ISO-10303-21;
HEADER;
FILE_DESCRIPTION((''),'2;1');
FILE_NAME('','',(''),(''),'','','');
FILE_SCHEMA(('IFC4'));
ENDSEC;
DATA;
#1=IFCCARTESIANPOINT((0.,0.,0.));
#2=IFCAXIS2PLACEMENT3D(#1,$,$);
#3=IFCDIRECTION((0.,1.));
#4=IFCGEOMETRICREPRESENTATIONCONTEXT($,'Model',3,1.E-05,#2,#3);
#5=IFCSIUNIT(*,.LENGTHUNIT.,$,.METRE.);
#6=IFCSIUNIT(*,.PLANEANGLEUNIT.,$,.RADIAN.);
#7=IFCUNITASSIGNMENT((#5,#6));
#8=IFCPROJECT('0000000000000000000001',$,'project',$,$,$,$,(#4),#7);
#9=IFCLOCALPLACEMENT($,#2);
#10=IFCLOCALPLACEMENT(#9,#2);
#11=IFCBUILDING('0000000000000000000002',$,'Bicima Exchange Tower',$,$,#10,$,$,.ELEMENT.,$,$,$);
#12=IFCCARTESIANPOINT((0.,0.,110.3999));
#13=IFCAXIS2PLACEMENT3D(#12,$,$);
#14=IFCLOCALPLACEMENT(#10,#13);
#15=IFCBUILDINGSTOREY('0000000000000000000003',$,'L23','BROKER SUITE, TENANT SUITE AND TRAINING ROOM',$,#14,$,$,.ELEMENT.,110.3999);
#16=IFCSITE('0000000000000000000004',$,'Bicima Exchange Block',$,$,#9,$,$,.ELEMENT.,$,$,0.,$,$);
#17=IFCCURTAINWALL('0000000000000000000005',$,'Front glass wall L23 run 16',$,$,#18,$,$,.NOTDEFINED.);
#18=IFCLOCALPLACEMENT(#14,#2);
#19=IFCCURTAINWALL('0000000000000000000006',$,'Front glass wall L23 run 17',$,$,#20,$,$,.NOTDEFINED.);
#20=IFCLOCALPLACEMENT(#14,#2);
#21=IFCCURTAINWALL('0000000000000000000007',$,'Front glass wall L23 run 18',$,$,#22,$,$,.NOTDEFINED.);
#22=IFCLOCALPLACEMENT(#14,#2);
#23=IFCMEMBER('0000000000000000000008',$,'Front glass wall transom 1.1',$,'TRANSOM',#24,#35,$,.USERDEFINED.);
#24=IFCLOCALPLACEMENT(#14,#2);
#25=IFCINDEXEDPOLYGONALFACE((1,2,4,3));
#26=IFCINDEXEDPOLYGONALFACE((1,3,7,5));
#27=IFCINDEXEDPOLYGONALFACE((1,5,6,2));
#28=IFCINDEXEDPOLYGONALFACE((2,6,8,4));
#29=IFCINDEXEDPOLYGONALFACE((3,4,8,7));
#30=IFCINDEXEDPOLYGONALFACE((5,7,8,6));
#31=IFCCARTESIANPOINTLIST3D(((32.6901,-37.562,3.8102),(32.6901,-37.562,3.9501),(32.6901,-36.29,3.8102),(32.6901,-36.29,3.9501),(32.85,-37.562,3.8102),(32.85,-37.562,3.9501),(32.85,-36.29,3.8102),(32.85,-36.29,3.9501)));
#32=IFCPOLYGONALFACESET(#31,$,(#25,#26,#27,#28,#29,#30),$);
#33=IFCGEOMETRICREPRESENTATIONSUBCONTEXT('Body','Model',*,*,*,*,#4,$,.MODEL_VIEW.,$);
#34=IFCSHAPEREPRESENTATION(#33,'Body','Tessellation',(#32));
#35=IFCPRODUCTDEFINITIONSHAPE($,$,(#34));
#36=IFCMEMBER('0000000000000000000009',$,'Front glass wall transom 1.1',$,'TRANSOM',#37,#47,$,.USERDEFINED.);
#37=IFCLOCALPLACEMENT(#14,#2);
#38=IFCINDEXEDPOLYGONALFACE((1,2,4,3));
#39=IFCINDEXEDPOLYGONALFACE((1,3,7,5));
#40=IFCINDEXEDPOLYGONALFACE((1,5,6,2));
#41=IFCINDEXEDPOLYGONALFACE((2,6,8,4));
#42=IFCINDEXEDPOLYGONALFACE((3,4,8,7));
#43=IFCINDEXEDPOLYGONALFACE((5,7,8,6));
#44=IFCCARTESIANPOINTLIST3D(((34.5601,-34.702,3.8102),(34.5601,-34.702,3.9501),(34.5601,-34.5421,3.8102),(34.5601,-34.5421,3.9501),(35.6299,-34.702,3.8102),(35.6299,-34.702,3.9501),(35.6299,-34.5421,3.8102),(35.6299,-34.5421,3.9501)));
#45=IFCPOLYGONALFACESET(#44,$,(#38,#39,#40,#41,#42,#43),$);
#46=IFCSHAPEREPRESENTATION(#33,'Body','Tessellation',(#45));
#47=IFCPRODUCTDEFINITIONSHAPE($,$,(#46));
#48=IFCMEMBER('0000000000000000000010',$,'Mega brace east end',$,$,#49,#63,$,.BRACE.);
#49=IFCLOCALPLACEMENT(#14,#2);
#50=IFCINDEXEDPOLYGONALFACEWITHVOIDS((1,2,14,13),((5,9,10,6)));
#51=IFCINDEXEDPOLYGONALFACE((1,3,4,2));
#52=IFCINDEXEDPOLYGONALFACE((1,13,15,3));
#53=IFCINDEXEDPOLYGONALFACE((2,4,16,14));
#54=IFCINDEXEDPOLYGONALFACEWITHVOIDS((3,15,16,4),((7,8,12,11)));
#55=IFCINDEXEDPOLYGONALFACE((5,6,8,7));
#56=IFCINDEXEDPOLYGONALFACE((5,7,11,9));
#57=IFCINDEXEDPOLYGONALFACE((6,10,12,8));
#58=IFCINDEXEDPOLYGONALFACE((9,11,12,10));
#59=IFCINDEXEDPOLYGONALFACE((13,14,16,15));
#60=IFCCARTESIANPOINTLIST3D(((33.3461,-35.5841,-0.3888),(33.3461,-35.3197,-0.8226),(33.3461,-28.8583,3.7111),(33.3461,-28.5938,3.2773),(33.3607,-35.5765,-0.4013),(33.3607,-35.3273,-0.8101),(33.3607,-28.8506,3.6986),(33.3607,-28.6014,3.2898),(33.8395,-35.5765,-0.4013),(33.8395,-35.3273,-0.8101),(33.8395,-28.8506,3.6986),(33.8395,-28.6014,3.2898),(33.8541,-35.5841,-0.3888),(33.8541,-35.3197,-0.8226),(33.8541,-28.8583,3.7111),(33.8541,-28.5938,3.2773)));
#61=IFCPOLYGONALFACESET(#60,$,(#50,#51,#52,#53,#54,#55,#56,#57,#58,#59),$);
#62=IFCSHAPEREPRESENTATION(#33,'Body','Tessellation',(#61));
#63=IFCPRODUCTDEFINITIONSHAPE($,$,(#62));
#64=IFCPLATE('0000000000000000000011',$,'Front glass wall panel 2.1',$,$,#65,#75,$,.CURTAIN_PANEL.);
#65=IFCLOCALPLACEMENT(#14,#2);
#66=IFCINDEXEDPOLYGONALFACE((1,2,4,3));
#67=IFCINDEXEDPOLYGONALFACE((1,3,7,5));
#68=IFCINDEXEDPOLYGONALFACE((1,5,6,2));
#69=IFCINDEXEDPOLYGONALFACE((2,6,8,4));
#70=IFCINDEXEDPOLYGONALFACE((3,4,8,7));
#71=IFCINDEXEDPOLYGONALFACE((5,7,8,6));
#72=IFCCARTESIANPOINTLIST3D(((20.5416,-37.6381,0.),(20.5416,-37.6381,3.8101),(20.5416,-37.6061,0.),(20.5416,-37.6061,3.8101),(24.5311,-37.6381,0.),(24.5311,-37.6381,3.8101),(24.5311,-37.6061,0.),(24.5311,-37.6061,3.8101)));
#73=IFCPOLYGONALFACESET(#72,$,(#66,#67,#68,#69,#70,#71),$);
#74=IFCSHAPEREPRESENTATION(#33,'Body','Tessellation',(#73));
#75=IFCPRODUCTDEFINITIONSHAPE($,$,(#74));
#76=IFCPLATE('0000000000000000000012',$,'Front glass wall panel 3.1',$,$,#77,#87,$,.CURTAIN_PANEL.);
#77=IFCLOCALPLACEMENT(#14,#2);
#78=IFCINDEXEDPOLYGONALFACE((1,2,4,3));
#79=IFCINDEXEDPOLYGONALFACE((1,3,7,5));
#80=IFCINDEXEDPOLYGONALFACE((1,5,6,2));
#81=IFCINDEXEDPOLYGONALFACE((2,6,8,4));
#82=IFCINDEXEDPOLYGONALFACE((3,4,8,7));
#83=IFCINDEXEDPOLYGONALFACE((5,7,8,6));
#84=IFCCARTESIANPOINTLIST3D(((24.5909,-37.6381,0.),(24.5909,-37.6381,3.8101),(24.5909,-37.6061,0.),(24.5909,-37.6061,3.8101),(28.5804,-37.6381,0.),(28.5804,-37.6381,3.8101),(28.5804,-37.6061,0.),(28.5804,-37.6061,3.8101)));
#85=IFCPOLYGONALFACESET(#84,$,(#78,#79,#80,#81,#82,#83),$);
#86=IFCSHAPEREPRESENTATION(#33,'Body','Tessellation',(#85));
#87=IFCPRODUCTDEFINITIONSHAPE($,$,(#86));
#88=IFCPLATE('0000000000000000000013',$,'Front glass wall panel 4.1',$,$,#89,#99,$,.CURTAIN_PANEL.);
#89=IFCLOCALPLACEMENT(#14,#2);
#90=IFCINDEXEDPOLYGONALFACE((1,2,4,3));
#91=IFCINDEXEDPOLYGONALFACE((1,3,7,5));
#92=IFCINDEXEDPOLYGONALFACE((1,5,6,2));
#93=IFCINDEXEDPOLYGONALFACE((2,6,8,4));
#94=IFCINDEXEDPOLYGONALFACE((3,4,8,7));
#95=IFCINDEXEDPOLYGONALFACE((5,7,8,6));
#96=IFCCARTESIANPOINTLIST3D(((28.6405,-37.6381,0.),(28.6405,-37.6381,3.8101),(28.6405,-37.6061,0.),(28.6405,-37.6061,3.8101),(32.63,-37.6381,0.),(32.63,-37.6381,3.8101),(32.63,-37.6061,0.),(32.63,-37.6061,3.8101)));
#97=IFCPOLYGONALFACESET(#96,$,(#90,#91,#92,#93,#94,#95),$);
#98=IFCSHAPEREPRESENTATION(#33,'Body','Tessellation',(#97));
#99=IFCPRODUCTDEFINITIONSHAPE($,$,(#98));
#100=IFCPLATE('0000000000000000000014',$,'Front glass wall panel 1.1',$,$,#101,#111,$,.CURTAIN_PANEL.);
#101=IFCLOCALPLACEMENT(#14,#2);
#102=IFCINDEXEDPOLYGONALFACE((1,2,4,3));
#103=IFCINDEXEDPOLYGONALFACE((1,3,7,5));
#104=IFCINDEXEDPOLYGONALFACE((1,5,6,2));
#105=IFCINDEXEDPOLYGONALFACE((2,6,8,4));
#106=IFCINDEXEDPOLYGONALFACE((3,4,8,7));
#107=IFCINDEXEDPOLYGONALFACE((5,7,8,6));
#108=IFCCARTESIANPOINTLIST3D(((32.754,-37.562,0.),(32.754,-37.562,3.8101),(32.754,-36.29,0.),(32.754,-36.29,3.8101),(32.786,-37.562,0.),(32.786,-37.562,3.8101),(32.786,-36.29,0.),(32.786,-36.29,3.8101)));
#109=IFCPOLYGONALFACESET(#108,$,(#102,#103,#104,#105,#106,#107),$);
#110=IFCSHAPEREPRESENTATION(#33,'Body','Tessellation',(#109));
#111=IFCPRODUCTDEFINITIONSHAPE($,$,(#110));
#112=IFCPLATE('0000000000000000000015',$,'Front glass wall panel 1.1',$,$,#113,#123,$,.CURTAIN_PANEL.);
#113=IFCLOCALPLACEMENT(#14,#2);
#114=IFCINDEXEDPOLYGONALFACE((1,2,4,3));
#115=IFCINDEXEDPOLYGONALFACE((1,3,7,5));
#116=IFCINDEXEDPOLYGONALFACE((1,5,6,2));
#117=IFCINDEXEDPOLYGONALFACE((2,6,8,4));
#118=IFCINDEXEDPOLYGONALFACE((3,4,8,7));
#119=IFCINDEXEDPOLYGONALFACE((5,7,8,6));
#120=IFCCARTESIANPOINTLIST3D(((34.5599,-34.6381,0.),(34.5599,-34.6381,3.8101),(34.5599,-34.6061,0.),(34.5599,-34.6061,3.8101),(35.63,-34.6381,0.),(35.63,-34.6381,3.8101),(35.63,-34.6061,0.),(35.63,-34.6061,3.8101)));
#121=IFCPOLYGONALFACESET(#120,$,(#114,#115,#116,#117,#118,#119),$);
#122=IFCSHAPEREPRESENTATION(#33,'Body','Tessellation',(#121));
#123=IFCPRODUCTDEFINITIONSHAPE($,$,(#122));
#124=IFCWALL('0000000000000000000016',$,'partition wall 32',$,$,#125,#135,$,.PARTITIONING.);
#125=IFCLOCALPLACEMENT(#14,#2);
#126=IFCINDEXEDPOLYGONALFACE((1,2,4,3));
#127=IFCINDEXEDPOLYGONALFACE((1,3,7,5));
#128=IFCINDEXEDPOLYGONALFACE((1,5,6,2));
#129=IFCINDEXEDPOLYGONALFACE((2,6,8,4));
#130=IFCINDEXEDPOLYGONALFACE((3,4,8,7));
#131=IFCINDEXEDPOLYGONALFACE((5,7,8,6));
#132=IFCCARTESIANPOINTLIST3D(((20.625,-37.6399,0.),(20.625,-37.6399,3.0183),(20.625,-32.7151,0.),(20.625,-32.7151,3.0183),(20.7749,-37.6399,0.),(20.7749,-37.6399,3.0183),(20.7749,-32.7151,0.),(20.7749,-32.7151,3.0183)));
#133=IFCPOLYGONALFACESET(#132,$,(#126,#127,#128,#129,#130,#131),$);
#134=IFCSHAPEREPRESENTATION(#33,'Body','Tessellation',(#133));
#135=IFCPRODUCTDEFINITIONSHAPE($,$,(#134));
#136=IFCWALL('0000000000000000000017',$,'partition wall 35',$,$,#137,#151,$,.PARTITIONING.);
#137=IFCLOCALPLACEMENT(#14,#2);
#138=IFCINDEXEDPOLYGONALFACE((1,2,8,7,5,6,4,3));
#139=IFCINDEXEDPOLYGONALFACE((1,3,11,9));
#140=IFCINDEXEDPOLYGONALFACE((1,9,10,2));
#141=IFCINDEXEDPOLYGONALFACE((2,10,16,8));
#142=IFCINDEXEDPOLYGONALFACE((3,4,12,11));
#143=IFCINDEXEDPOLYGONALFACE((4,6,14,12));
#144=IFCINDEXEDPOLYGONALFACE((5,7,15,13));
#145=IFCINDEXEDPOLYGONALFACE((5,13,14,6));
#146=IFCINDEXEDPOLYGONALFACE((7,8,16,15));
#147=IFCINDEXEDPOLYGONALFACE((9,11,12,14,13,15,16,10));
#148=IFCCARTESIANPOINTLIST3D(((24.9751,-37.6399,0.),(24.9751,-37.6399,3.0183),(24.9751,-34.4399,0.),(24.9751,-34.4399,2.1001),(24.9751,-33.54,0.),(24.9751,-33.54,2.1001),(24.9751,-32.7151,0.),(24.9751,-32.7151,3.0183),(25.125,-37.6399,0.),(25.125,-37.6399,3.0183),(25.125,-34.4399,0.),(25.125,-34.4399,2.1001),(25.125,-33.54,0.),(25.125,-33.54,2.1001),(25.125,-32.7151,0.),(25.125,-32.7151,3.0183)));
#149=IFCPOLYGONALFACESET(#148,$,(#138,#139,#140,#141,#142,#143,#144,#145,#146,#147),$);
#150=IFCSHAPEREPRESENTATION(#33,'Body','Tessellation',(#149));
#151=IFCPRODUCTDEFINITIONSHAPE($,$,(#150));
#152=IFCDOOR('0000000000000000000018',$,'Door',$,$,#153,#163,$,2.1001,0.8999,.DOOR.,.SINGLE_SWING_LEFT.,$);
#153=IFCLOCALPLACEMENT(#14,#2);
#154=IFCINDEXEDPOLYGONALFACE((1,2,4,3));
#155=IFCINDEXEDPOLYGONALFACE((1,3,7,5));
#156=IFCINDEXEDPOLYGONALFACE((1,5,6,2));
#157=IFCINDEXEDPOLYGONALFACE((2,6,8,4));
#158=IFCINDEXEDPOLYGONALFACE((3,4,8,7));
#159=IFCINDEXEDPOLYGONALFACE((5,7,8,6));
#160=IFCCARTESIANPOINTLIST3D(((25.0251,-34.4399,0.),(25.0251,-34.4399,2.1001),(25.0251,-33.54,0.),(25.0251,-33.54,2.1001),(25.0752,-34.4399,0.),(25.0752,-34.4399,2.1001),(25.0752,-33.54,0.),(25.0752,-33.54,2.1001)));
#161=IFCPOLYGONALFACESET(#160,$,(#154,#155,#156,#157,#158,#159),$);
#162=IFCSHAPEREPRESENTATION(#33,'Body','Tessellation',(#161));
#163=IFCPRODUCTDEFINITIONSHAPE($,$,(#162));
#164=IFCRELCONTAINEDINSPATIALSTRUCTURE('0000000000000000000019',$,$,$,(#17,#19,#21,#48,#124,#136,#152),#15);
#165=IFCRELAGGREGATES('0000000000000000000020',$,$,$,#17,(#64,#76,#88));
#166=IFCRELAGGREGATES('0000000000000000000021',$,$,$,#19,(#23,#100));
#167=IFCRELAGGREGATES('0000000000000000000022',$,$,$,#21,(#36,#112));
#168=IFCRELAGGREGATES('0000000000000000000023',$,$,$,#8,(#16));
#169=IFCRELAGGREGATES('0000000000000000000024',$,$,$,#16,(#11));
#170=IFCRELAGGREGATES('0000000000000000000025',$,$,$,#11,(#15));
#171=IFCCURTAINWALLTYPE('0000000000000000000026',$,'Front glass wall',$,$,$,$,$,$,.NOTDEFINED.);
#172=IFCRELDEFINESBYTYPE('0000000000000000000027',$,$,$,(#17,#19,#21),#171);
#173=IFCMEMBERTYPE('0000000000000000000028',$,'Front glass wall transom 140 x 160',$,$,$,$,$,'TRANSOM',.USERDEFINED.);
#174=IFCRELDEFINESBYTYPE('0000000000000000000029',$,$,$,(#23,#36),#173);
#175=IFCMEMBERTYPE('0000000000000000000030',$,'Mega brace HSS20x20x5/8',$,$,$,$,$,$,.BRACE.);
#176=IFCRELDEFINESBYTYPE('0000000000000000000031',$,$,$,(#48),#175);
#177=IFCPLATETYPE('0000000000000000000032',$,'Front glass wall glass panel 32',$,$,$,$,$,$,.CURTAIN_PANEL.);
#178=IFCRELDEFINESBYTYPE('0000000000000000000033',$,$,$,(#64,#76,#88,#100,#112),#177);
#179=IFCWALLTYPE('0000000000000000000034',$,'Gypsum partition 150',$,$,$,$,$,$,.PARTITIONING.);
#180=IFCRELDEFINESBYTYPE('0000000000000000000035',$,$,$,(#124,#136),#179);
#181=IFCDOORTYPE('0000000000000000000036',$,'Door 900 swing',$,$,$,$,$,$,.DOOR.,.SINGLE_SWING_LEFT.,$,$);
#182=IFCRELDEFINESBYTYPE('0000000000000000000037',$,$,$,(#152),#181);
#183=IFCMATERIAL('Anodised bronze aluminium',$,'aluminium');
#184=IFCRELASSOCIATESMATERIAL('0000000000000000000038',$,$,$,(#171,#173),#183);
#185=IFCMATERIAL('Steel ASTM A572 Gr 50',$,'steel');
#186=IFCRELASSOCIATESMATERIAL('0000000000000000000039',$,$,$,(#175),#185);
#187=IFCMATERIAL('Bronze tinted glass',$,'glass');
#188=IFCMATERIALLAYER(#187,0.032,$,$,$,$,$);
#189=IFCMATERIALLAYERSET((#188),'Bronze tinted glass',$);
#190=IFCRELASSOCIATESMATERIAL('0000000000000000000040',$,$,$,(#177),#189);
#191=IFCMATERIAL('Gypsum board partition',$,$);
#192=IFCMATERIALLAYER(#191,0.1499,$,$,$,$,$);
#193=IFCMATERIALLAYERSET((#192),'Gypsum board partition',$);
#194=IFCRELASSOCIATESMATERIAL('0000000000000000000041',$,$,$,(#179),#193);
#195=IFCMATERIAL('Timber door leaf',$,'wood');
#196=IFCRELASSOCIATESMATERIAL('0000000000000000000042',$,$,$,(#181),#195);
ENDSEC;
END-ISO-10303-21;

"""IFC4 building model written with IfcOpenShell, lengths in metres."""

from ifc_helpers import new_model, si_unit, direction, frame, frame_2d, origin, origin_2d, place, context, subcontext, project, spatial, rectangle, hollow_rectangle, extrude, material, layer, layer_set, material_profile, profile_set, type_object, element, fill, aggregate, save


model = new_model("IFC4")

# Units and contexts
model_context = context("Model", 3, precision=1e-05, world=origin(), true_north=direction((0.0, 1.0)))
body_context = subcontext(model_context, "Body", "Model", "MODEL_VIEW")
ifc_project = project(units=[si_unit("LENGTHUNIT", "METRE"), si_unit("PLANEANGLEUNIT", "RADIAN")], contexts=[model_context])

# Site, building, storey
site_placement = place(None, origin())
site = spatial("IfcSite", under=ifc_project, at=site_placement, Name="Bicima Exchange Block", CompositionType="ELEMENT", RefElevation=0.0)
building_placement = place(site_placement, origin())
building = spatial("IfcBuilding", under=site, at=building_placement, Name="Bicima Exchange Tower", CompositionType="ELEMENT")
storey_placement = place(building_placement, frame((0.0, 0.0, 110.3999)))
storey = spatial("IfcBuildingStorey", under=building, at=storey_placement, Name="L23", Description="BROKER SUITE, TENANT SUITE AND TRAINING ROOM", CompositionType="ELEMENT", Elevation=110.3999)

# Shared definitions
ifc_material_1 = material(Name="Steel ASTM A572 Gr 50", Category="steel")

# Curtain walls
ifc_material_2 = material(Name="Anodised bronze aluminium", Category="aluminium")
curtain_wall_type = type_object("IfcCurtainWallType", Name="Front glass wall", PredefinedType="NOTDEFINED", material=ifc_material_2)
curtain_wall_1_placement = place(storey_placement, origin())
curtain_wall_1 = element("IfcCurtainWall", 1, at=curtain_wall_1_placement, inside=storey, type_object=curtain_wall_type, Name="Front glass wall L23 run 16", PredefinedType="NOTDEFINED")
curtain_wall_2_placement = place(storey_placement, origin())
curtain_wall_2 = element("IfcCurtainWall", 2, at=curtain_wall_2_placement, inside=storey, type_object=curtain_wall_type, Name="Front glass wall L23 run 17", PredefinedType="NOTDEFINED")
curtain_wall_3_placement = place(storey_placement, origin())
curtain_wall_3 = element("IfcCurtainWall", 3, at=curtain_wall_3_placement, inside=storey, type_object=curtain_wall_type, Name="Front glass wall L23 run 18", PredefinedType="NOTDEFINED")

# Members
ifc_material_profile_1 = material_profile(ifc_material_2, rectangle(XDim=0.1599, YDim=0.1399, at=origin_2d()))
ifc_profile_set_1 = profile_set([ifc_material_profile_1], Name="Anodised bronze aluminium")
member_type_1 = type_object("IfcMemberType", Name="Front glass wall transom 140 x 160", ElementType="TRANSOM", PredefinedType="USERDEFINED", material=ifc_profile_set_1)
member_1_placement = place(storey_placement, frame((32.77, -37.562, 3.8801), z_axis=(0.0, 1.0, 0.0), x_axis=(-1.0, 0.0, 0.0)))
member_1 = element("IfcMember", 4, at=member_1_placement, type_object=member_type_1, Name="Front glass wall transom 1.1", ObjectType="TRANSOM", PredefinedType="USERDEFINED", context=body_context, shape_type="SweptSolid", body=[
    extrude(rectangle(XDim=0.1599, YDim=0.1399, at=origin_2d()), origin(), (0.0, 0.0, 1.0), 1.272),
])
member_2_placement = place(storey_placement, frame((34.5601, -34.6221, 3.8801), z_axis=(1.0, 0.0, 0.0), x_axis=(0.0, 1.0, 0.0)))
member_2 = element("IfcMember", 5, at=member_2_placement, type_object=member_type_1, Name="Front glass wall transom 1.1", ObjectType="TRANSOM", PredefinedType="USERDEFINED", context=body_context, shape_type="SweptSolid", body=[
    extrude(rectangle(XDim=0.1599, YDim=0.1399, at=origin_2d()), origin(), (0.0, 0.0, 1.0), 1.0698),
])
ifc_material_profile_2 = material_profile(ifc_material_1, hollow_rectangle(XDim=0.5081, YDim=0.5081, WallThickness=0.0146, at=origin_2d()))
ifc_profile_set_2 = profile_set([ifc_material_profile_2], Name="Steel ASTM A572 Gr 50")
member_type_2 = type_object("IfcMemberType", Name="Mega brace HSS20x20x5/8", PredefinedType="BRACE", material=ifc_profile_set_2)
member_3_placement = place(storey_placement, frame((33.6001, -35.4519, -0.6057), z_axis=(0.0, 0.853867, 0.520491), x_axis=(-1.0, 0.0, 0.0)))
element("IfcMember", 6, at=member_3_placement, inside=storey, type_object=member_type_2, Name="Mega brace east end", PredefinedType="BRACE", context=body_context, shape_type="SweptSolid", body=[
    extrude(hollow_rectangle(XDim=0.5081, YDim=0.5081, WallThickness=0.0146, at=origin_2d()), origin(), (0.0, 0.0, 1.0), 7.877),
])

# Plates
ifc_material_3 = material(Name="Bronze tinted glass", Category="glass")
ifc_layer_1 = layer(ifc_material_3, 0.032)
ifc_layer_set_1 = layer_set([ifc_layer_1], Name="Bronze tinted glass")
plate_type = type_object("IfcPlateType", Name="Front glass wall glass panel 32", PredefinedType="CURTAIN_PANEL", material=ifc_layer_set_1)
plate_1_placement = place(storey_placement, frame((22.5364, -37.6221, 0.0), z_axis=(0.0, 0.0, 1.0), x_axis=(1.0, 0.0, 0.0)))
plate_1 = element("IfcPlate", 7, at=plate_1_placement, type_object=plate_type, Name="Front glass wall panel 2.1", PredefinedType="CURTAIN_PANEL", context=body_context, shape_type="SweptSolid", body=[
    extrude(rectangle(XDim=3.9895, YDim=0.032, at=origin_2d()), origin(), (0.0, 0.0, 1.0), 3.8101),
])
plate_2_placement = place(storey_placement, frame((26.5857, -37.6221, 0.0), z_axis=(0.0, 0.0, 1.0), x_axis=(1.0, 0.0, 0.0)))
plate_2 = element("IfcPlate", 8, at=plate_2_placement, type_object=plate_type, Name="Front glass wall panel 3.1", PredefinedType="CURTAIN_PANEL", context=body_context, shape_type="SweptSolid", body=[
    extrude(rectangle(XDim=3.9895, YDim=0.032, at=origin_2d()), origin(), (0.0, 0.0, 1.0), 3.8101),
])
plate_3_placement = place(storey_placement, frame((30.6353, -37.6221, 0.0), z_axis=(0.0, 0.0, 1.0), x_axis=(1.0, 0.0, 0.0)))
plate_3 = element("IfcPlate", 9, at=plate_3_placement, type_object=plate_type, Name="Front glass wall panel 4.1", PredefinedType="CURTAIN_PANEL", context=body_context, shape_type="SweptSolid", body=[
    extrude(rectangle(XDim=3.9895, YDim=0.032, at=origin_2d()), origin(), (0.0, 0.0, 1.0), 3.8101),
])
aggregate(curtain_wall_1, [plate_1, plate_2, plate_3])
plate_4_placement = place(storey_placement, frame((32.77, -36.926, 0.0), z_axis=(0.0, 0.0, 1.0), x_axis=(0.0, 1.0, 0.0)))
plate_4 = element("IfcPlate", 10, at=plate_4_placement, type_object=plate_type, Name="Front glass wall panel 1.1", PredefinedType="CURTAIN_PANEL", context=body_context, shape_type="SweptSolid", body=[
    extrude(rectangle(XDim=1.272, YDim=0.032, at=origin_2d()), origin(), (0.0, 0.0, 1.0), 3.8101),
])
aggregate(curtain_wall_2, [member_1, plate_4])
plate_5_placement = place(storey_placement, frame((35.095, -34.6221, 0.0), z_axis=(0.0, 0.0, 1.0), x_axis=(1.0, 0.0, 0.0)))
plate_5 = element("IfcPlate", 11, at=plate_5_placement, type_object=plate_type, Name="Front glass wall panel 1.1", PredefinedType="CURTAIN_PANEL", context=body_context, shape_type="SweptSolid", body=[
    extrude(rectangle(XDim=1.0701, YDim=0.032, at=origin_2d()), origin(), (0.0, 0.0, 1.0), 3.8101),
])
aggregate(curtain_wall_3, [member_2, plate_5])

# Wall
ifc_material_4 = material(Name="Gypsum board partition")
ifc_layer_2 = layer(ifc_material_4, 0.1499)
ifc_layer_set_2 = layer_set([ifc_layer_2], Name="Gypsum board partition")
wall_type = type_object("IfcWallType", Name="Gypsum partition 150", PredefinedType="PARTITIONING", material=ifc_layer_set_2)
wall_1_placement = place(storey_placement, frame((20.7, -37.6399, 0.0), z_axis=(0.0, 0.0, 1.0), x_axis=(0.0, 1.0, 0.0)))
element("IfcWall", 12, at=wall_1_placement, inside=storey, type_object=wall_type, Name="partition wall 32", PredefinedType="PARTITIONING", context=body_context, shape_type="SweptSolid", body=[
    extrude(rectangle(XDim=4.9248, YDim=0.1499, at=frame_2d((2.4624, 0.0))), origin(), (0.0, 0.0, 1.0), 3.0183),
])

# Wall, opening, door
wall_2_placement = place(storey_placement, frame((25.05, -37.6399, 0.0), z_axis=(0.0, 0.0, 1.0), x_axis=(0.0, 1.0, 0.0)))
wall_2 = element("IfcWall", 13, at=wall_2_placement, inside=storey, type_object=wall_type, Name="partition wall 35", PredefinedType="PARTITIONING", context=body_context, shape_type="SweptSolid", body=[
    extrude(rectangle(XDim=4.9248, YDim=0.1499, at=frame_2d((2.4624, 0.0))), origin(), (0.0, 0.0, 1.0), 3.0183),
])
opening_placement = place(wall_2_placement, frame((3.2, 0.0, 0.0)))
opening = element("IfcOpeningElement", 14, at=opening_placement, cuts=wall_2, PredefinedType="OPENING", context=body_context, shape_type="SweptSolid", body=[
    extrude(rectangle(XDim=0.8999, YDim=2.1001, at=frame_2d((0.45, 1.05))), frame((0.0, 0.0869, 0.0), z_axis=(0.0, -1.0, 0.0), x_axis=(1.0, 0.0, 0.0)), (0.0, 0.0, 1.0), 0.1738),
])
ifc_material_5 = material(Name="Timber door leaf", Category="wood")
door_type = type_object("IfcDoorType", Name="Door 900 swing", OperationType="SINGLE_SWING_LEFT", PredefinedType="DOOR", material=ifc_material_5)
door_placement = place(opening_placement, origin())
door = element("IfcDoor", 15, at=door_placement, inside=storey, type_object=door_type, Name="Door", OperationType="SINGLE_SWING_LEFT", OverallHeight=2.1001, OverallWidth=0.8999, PredefinedType="DOOR", context=body_context, shape_type="SweptSolid", body=[
    extrude(rectangle(XDim=0.8999, YDim=2.1001, at=frame_2d((0.45, 1.05))), frame((0.0, 0.0249, 0.0), z_axis=(0.0, -1.0, 0.0), x_axis=(1.0, 0.0, 0.0)), (0.0, 0.0, 1.0), 0.05),
])
fill(opening, door)

save(model, "model.ifc")
